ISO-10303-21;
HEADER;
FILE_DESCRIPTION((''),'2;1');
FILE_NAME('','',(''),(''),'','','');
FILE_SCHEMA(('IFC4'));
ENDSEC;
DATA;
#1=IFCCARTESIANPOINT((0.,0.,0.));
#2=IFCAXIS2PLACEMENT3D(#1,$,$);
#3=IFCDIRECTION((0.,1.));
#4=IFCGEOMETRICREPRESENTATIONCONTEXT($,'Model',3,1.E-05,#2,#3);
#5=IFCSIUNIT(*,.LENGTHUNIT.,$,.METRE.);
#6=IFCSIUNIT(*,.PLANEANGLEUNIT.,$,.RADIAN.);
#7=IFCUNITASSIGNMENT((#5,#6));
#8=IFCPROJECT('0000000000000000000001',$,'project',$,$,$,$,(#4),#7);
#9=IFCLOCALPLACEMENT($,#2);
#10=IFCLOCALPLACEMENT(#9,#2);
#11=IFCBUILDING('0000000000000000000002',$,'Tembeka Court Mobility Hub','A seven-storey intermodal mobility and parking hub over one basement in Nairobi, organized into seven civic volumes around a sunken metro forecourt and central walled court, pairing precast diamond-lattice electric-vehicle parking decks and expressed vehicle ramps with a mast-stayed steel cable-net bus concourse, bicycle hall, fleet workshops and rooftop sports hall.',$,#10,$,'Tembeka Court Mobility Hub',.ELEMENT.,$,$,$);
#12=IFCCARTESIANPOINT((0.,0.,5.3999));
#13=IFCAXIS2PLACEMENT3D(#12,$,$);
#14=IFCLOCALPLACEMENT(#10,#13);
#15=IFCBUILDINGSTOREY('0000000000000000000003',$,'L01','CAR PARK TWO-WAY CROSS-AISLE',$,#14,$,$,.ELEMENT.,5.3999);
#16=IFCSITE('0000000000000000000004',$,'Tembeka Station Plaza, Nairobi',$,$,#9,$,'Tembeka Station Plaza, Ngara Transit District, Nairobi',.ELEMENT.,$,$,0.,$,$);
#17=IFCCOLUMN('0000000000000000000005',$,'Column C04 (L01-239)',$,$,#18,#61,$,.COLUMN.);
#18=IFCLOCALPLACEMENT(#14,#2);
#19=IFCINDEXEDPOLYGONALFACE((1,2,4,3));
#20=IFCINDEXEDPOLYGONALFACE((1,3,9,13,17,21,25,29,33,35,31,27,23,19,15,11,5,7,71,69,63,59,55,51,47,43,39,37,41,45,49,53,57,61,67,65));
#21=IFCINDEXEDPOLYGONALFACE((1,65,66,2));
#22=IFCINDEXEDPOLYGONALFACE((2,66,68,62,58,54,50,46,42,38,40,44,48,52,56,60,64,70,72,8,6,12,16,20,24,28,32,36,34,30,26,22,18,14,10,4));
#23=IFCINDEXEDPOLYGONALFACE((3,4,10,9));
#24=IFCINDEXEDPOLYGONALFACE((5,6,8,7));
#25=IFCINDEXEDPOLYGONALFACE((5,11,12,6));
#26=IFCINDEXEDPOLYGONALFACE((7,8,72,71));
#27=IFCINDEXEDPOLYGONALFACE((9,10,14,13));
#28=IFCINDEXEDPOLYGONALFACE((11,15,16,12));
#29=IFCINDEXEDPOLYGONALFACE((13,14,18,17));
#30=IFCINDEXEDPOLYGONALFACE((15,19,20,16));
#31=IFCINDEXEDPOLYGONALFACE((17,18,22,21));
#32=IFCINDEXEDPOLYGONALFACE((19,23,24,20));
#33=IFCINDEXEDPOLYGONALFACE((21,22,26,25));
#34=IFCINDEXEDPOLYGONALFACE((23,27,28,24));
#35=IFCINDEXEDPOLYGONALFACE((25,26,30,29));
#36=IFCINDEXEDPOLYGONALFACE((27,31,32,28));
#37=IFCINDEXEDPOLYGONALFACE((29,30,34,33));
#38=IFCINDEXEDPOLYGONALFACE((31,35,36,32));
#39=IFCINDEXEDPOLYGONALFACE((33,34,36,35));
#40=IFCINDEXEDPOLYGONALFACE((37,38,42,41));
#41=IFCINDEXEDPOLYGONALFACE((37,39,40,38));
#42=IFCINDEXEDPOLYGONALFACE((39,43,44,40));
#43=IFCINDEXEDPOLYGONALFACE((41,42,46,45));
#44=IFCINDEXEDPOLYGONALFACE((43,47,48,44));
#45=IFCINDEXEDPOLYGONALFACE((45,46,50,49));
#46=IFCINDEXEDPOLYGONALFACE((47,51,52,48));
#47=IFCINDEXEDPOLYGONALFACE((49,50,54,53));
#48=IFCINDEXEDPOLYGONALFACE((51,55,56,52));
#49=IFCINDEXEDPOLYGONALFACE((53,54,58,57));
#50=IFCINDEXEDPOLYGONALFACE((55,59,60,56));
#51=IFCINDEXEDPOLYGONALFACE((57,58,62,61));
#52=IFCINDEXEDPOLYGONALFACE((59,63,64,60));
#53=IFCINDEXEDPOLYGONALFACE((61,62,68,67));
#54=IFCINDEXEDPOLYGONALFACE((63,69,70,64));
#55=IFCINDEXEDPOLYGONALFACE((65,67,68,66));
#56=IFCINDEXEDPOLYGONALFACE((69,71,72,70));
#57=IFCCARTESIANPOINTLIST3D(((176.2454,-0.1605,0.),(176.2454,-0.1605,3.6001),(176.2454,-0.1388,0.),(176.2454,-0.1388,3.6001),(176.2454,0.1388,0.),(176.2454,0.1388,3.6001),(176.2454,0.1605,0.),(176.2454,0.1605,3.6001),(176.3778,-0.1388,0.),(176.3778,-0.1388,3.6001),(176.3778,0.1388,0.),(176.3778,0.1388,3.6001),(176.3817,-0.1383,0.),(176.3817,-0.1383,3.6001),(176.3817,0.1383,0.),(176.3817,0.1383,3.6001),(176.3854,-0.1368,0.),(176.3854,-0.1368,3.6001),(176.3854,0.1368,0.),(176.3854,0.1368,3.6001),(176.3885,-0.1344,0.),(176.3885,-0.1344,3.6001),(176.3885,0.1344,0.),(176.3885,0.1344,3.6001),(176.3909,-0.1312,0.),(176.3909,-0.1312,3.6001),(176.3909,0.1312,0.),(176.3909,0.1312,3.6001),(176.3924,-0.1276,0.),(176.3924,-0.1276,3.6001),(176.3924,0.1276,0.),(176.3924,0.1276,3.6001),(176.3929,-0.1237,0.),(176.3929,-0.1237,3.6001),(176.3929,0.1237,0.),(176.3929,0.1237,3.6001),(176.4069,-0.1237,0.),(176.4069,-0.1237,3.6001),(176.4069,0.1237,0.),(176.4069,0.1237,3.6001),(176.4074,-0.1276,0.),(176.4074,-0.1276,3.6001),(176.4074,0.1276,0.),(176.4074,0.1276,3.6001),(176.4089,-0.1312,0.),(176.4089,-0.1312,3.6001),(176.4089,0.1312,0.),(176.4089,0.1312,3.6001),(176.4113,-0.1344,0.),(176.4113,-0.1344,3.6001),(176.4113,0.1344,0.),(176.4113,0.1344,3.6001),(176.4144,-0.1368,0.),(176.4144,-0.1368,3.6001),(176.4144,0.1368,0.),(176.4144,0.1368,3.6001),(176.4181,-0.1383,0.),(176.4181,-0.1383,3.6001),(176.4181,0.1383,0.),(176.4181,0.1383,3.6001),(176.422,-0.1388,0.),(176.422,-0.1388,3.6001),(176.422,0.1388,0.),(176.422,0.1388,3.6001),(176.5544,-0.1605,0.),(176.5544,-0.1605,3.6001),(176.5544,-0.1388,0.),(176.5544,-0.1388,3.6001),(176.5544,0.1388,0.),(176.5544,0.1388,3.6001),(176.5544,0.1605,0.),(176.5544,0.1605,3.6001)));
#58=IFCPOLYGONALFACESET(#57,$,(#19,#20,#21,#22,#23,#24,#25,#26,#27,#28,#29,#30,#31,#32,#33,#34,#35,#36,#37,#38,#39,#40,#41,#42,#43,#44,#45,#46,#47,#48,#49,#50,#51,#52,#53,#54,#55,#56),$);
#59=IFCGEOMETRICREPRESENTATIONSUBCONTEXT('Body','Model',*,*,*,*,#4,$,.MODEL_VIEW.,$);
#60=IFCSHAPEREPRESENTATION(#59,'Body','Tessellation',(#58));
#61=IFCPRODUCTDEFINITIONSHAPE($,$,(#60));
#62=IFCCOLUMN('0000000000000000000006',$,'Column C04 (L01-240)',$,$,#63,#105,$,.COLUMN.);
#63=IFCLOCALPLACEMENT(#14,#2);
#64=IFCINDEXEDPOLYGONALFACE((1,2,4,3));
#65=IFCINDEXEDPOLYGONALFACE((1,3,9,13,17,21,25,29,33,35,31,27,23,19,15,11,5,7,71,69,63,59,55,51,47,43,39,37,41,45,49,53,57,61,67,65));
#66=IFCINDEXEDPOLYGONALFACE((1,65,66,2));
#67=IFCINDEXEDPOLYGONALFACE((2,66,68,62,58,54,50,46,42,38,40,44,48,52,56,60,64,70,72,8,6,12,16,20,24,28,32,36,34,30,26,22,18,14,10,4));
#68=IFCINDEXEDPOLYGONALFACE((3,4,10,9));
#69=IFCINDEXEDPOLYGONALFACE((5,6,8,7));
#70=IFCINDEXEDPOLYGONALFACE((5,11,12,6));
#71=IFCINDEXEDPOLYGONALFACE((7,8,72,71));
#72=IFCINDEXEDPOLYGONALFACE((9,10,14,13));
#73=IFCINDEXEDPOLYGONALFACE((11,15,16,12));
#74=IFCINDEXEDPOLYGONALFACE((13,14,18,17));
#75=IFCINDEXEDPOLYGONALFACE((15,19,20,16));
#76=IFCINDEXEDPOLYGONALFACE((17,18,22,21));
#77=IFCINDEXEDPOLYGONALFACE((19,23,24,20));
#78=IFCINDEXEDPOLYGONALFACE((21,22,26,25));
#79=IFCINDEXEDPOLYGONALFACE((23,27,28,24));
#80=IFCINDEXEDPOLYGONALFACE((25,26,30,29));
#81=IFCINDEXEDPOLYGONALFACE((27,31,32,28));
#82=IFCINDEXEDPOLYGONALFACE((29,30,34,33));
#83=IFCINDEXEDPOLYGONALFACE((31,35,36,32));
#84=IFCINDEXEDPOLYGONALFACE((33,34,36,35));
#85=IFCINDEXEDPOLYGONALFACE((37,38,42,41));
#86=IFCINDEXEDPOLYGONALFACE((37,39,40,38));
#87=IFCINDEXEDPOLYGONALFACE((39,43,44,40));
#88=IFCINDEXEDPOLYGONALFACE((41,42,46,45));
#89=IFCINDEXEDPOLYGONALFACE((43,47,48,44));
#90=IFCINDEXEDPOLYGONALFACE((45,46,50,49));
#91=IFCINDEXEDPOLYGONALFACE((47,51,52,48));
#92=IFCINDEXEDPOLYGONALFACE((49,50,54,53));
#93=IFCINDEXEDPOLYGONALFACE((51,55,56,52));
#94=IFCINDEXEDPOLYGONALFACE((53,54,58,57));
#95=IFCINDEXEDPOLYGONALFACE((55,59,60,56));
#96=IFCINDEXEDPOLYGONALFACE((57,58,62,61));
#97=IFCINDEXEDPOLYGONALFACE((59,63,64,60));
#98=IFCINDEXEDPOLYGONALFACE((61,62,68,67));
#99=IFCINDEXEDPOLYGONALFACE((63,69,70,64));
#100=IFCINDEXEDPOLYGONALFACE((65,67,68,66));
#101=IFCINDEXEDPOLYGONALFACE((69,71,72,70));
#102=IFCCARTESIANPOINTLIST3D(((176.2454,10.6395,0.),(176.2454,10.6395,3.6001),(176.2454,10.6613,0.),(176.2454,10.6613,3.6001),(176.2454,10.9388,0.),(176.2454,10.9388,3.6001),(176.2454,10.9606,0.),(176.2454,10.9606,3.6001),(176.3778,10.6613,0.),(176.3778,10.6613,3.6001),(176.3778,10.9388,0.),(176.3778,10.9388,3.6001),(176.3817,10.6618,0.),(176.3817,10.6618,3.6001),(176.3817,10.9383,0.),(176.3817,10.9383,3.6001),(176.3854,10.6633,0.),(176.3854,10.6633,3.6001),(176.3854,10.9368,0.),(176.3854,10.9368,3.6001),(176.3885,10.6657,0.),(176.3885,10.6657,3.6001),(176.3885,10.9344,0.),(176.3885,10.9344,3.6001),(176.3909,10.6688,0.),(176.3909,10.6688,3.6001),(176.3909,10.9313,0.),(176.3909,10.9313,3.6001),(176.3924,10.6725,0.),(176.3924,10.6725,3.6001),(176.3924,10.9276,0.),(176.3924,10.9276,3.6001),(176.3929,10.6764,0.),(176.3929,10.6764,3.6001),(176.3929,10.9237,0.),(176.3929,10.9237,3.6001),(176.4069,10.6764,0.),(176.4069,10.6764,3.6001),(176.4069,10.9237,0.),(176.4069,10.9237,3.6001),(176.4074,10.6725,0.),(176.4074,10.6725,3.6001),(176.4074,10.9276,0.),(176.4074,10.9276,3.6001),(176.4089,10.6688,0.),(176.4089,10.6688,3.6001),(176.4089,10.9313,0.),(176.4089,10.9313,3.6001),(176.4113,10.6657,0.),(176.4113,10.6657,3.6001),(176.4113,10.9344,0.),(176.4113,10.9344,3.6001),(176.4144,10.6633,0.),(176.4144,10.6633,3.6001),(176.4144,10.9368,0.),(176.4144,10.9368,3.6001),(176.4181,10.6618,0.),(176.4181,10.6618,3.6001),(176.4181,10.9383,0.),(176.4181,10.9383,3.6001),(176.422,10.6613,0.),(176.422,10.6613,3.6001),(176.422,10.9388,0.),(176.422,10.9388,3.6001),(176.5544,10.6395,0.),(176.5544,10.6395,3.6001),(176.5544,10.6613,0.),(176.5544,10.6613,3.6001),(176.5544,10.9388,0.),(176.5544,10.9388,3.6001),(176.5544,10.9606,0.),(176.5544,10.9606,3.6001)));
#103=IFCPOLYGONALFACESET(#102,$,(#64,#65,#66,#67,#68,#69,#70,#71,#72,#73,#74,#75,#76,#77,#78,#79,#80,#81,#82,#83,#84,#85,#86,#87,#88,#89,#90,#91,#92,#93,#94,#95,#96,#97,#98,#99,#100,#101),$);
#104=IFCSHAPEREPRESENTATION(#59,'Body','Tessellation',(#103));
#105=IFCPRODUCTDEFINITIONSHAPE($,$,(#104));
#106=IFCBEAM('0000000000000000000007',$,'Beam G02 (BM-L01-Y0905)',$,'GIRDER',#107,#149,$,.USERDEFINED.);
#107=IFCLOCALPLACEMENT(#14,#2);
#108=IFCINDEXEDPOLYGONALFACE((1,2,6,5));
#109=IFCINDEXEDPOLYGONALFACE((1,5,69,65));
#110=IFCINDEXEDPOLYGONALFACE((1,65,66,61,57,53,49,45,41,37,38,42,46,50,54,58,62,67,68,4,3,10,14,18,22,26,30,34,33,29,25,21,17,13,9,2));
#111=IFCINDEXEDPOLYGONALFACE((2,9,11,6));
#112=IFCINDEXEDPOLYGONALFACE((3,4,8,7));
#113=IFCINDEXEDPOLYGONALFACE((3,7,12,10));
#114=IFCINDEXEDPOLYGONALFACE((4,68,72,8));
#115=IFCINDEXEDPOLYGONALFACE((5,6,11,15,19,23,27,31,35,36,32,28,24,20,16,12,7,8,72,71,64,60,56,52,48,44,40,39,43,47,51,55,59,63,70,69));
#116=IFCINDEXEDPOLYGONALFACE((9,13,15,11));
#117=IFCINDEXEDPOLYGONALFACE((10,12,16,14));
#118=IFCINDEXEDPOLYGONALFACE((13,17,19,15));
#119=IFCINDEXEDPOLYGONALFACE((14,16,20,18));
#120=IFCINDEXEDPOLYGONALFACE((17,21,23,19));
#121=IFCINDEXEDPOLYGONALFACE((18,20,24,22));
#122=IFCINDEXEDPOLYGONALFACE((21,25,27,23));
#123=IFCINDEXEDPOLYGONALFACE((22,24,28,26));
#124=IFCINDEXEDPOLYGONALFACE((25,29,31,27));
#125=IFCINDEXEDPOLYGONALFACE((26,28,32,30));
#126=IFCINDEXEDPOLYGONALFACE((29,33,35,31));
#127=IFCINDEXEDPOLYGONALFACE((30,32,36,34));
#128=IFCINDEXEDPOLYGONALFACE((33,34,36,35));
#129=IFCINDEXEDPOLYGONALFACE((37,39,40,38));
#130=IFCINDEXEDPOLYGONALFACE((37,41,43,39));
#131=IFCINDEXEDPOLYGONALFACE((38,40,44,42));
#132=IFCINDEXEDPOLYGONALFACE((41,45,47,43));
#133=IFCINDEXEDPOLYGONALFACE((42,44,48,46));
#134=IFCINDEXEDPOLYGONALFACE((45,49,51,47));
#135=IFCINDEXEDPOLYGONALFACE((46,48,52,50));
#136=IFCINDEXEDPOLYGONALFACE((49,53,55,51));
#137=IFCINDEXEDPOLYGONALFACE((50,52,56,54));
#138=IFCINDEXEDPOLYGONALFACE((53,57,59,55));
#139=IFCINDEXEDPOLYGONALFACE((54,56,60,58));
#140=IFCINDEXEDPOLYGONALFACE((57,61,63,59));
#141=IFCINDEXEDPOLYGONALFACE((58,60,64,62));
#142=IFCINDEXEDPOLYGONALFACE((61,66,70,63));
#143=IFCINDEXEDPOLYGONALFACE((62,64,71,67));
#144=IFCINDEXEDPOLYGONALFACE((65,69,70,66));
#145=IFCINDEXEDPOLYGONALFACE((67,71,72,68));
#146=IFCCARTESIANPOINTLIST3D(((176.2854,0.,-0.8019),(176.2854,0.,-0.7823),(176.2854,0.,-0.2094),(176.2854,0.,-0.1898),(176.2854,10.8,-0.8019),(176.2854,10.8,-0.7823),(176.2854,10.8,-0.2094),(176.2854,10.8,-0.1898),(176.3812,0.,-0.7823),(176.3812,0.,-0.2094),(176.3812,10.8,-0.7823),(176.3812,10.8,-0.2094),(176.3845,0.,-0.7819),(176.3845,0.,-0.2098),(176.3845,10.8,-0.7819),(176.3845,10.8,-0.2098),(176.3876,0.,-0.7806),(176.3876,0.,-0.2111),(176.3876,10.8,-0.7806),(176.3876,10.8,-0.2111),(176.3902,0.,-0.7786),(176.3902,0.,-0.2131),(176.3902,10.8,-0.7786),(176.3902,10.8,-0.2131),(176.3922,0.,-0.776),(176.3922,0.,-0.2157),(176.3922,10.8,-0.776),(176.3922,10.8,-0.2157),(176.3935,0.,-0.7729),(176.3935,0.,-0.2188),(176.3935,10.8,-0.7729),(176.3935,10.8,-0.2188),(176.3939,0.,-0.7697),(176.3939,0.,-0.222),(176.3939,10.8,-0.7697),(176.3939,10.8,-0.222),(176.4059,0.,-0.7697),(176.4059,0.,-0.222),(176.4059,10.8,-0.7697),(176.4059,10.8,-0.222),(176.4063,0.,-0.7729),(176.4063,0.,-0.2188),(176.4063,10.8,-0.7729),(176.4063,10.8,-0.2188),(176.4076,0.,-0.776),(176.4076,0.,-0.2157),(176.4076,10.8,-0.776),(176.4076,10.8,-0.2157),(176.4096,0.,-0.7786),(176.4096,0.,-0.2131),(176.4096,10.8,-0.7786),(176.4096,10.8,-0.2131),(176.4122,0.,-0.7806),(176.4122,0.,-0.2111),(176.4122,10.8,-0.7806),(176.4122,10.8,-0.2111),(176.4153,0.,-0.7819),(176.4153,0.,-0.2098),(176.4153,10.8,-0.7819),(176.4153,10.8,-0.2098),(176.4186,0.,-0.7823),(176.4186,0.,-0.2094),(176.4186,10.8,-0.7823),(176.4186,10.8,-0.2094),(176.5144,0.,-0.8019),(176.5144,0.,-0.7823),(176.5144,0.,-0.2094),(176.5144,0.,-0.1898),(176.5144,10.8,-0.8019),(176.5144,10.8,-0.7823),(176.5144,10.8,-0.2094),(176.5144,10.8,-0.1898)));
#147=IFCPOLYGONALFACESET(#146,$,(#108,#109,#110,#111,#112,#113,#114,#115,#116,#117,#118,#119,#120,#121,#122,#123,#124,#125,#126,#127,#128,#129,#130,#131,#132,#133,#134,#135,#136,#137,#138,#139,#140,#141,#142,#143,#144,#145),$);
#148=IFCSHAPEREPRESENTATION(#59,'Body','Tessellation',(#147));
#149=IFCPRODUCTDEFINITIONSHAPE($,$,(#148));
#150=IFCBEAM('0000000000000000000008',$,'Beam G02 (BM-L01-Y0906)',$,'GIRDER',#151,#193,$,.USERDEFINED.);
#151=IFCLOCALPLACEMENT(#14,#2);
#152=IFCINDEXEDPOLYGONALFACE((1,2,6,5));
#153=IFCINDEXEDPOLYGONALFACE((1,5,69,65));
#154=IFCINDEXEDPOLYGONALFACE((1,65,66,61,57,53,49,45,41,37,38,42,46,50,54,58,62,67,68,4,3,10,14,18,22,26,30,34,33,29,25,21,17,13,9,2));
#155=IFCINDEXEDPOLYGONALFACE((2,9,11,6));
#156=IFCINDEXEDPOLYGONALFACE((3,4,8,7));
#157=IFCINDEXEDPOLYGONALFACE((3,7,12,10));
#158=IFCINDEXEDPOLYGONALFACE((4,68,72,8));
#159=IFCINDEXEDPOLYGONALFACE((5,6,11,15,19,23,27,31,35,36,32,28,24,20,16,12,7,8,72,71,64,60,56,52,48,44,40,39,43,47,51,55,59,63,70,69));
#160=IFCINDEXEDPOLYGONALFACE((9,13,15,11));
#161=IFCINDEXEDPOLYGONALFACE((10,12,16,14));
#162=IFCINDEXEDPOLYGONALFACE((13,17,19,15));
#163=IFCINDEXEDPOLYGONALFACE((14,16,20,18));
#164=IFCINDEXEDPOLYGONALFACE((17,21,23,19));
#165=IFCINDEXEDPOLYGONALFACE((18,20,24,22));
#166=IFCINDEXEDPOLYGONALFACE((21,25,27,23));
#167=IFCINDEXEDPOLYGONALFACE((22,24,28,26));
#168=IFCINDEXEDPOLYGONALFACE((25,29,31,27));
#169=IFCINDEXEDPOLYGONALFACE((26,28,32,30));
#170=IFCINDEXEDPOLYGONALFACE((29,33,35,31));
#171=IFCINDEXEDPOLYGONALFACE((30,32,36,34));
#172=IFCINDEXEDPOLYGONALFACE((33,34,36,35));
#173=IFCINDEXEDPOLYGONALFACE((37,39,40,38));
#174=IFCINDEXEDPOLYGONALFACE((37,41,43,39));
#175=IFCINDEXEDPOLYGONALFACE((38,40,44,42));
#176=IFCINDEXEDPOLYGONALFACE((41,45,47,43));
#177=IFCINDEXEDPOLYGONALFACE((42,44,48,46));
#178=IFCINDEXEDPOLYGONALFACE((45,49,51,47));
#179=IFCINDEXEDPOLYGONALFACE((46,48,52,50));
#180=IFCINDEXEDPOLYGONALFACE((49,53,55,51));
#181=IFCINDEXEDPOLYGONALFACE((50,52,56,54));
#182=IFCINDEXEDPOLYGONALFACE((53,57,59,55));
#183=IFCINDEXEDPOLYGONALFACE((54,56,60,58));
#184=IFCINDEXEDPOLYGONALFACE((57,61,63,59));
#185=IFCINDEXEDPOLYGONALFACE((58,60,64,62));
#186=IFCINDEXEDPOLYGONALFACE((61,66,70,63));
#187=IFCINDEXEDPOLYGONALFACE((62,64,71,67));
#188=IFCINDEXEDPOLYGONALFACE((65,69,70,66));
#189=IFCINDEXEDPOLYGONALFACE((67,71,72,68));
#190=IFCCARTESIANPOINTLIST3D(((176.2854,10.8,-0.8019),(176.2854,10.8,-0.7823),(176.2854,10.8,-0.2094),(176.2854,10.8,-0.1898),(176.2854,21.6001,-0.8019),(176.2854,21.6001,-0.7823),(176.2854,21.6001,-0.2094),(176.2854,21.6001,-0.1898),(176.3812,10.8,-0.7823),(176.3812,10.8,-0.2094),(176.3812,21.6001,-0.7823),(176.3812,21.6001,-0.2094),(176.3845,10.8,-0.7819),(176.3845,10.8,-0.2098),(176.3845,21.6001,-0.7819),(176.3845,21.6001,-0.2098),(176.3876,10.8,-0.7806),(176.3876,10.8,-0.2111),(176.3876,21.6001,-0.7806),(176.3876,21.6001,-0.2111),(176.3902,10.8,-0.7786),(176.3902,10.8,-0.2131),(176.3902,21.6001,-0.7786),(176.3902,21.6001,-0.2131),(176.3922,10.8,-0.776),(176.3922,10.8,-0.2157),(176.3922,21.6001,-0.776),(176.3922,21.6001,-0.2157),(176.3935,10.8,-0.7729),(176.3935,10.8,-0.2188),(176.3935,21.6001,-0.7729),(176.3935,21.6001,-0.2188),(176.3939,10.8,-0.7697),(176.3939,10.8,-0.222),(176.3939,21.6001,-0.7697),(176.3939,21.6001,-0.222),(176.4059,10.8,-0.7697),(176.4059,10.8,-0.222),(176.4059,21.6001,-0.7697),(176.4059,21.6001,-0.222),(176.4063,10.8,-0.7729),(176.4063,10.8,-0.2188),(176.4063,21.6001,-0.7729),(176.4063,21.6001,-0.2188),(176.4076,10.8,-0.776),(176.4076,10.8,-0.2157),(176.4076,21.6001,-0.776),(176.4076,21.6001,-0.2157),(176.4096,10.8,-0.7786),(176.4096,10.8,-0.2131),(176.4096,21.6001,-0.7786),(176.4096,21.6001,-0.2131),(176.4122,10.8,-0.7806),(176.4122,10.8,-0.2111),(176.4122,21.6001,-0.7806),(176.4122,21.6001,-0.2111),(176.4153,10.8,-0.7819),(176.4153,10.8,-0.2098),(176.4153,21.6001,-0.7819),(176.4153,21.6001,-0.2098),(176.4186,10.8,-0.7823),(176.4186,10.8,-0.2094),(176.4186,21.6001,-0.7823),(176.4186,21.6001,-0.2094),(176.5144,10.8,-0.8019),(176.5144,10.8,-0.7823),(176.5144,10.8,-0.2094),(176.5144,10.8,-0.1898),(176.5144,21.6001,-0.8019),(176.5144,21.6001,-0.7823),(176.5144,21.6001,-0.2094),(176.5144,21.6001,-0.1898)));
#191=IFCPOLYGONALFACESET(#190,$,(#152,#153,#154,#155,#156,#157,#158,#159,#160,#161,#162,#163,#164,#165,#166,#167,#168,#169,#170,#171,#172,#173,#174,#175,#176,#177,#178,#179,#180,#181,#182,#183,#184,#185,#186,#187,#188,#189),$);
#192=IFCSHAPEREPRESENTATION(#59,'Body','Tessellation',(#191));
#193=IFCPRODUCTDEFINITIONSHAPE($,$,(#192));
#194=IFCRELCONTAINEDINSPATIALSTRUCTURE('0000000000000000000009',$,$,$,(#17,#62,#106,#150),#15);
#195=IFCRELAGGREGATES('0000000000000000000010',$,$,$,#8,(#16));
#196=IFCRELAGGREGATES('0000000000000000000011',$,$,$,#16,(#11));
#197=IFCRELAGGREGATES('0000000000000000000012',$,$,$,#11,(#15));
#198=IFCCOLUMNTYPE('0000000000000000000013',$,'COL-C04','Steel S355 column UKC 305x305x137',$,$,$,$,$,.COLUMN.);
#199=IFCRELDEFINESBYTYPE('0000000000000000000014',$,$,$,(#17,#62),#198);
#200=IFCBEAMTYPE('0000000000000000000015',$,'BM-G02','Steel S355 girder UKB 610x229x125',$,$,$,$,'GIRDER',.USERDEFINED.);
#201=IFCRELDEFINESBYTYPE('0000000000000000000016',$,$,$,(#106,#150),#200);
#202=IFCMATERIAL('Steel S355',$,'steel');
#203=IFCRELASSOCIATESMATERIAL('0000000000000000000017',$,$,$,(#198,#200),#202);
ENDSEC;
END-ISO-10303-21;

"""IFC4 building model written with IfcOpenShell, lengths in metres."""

from ifc_helpers import new_model, si_unit, direction, frame, origin, origin_2d, place, context, subcontext, project, spatial, i_section, extrude, material, material_profile, profile_set, type_object, element, save


model = new_model("IFC4")

# Units and contexts
model_context = context("Model", 3, precision=1e-05, world=origin(), true_north=direction((0.0, 1.0)))
body_context = subcontext(model_context, "Body", "Model", "MODEL_VIEW")
ifc_project = project(units=[si_unit("LENGTHUNIT", "METRE"), si_unit("PLANEANGLEUNIT", "RADIAN")], contexts=[model_context])

# Site, building, storey
site_placement = place(None, origin())
site = spatial("IfcSite", under=ifc_project, at=site_placement, Name="Tembeka Station Plaza, Nairobi", LongName="Tembeka Station Plaza, Ngara Transit District, Nairobi", CompositionType="ELEMENT", RefElevation=0.0)
building_placement = place(site_placement, origin())
building = spatial("IfcBuilding", under=site, at=building_placement, Name="Tembeka Court Mobility Hub", Description="A seven-storey intermodal mobility and parking hub over one basement in Nairobi, organized into seven civic volumes around a sunken metro forecourt and central walled court, pairing precast diamond-lattice electric-vehicle parking decks and expressed vehicle ramps with a mast-stayed steel cable-net bus concourse, bicycle hall, fleet workshops and rooftop sports hall.", LongName="Tembeka Court Mobility Hub", CompositionType="ELEMENT")
storey_placement = place(building_placement, frame((0.0, 0.0, 5.3999)))
storey = spatial("IfcBuildingStorey", under=building, at=storey_placement, Name="L01", Description="CAR PARK TWO-WAY CROSS-AISLE", CompositionType="ELEMENT", Elevation=5.3999)

# Columns
ifc_material_1 = material(Name="Steel S355", Category="steel")
ifc_material_profile_1 = material_profile(ifc_material_1, i_section(OverallWidth=0.3091, OverallDepth=0.321, WebThickness=0.0139, FlangeThickness=0.0217, FilletRadius=0.0151, at=origin_2d()), Name="UKC 305x305x137")
ifc_profile_set_1 = profile_set([ifc_material_profile_1], Name="Steel S355")
column_type = type_object("IfcColumnType", Name="COL-C04", Description="Steel S355 column UKC 305x305x137", PredefinedType="COLUMN", material=ifc_profile_set_1)
for number, where, z_axis, x_axis, name in (
    (1, (176.3999, 0.0, 0.0), (0.0, 0.0, 1.0), (1.0, 0.0, 0.0), "Column C04 (L01-239)"),
    (2, (176.3999, 10.8, 0.0), (0.0, 0.0, 1.0), (1.0, 0.0, 0.0), "Column C04 (L01-240)"),
):
    element("IfcColumn", number, at=place(storey_placement, frame(where, z_axis=z_axis, x_axis=x_axis)), inside=storey, type_object=column_type, Name=name, PredefinedType="COLUMN", context=body_context, shape_type="SweptSolid", body=[
        extrude(i_section(OverallWidth=0.3091, OverallDepth=0.321, WebThickness=0.0139, FlangeThickness=0.0217, FilletRadius=0.0151, at=origin_2d()), origin(), (0.0, 0.0, 1.0), 3.6001),
    ])

# Beams
ifc_material_profile_2 = material_profile(ifc_material_1, i_section(OverallWidth=0.229, OverallDepth=0.6121, WebThickness=0.012, FlangeThickness=0.0195, FilletRadius=0.0127, at=origin_2d()), Name="UKB 610x229x125")
ifc_profile_set_2 = profile_set([ifc_material_profile_2], Name="Steel S355")
beam_type = type_object("IfcBeamType", Name="BM-G02", Description="Steel S355 girder UKB 610x229x125", ElementType="GIRDER", PredefinedType="USERDEFINED", material=ifc_profile_set_2)
for number, where, z_axis, x_axis, name in (
    (3, (176.3999, 0.0, -0.4958), (0.0, 1.0, 0.0), (-1.0, 0.0, 0.0), "Beam G02 (BM-L01-Y0905)"),
    (4, (176.3999, 10.8, -0.4958), (0.0, 1.0, 0.0), (-1.0, 0.0, 0.0), "Beam G02 (BM-L01-Y0906)"),
):
    element("IfcBeam", number, at=place(storey_placement, frame(where, z_axis=z_axis, x_axis=x_axis)), inside=storey, type_object=beam_type, Name=name, ObjectType="GIRDER", PredefinedType="USERDEFINED", context=body_context, shape_type="SweptSolid", body=[
        extrude(i_section(OverallWidth=0.229, OverallDepth=0.6121, WebThickness=0.012, FlangeThickness=0.0195, FilletRadius=0.0127, at=origin_2d()), origin(), (0.0, 0.0, 1.0), 10.8),
    ])

save(model, "model.ifc")
